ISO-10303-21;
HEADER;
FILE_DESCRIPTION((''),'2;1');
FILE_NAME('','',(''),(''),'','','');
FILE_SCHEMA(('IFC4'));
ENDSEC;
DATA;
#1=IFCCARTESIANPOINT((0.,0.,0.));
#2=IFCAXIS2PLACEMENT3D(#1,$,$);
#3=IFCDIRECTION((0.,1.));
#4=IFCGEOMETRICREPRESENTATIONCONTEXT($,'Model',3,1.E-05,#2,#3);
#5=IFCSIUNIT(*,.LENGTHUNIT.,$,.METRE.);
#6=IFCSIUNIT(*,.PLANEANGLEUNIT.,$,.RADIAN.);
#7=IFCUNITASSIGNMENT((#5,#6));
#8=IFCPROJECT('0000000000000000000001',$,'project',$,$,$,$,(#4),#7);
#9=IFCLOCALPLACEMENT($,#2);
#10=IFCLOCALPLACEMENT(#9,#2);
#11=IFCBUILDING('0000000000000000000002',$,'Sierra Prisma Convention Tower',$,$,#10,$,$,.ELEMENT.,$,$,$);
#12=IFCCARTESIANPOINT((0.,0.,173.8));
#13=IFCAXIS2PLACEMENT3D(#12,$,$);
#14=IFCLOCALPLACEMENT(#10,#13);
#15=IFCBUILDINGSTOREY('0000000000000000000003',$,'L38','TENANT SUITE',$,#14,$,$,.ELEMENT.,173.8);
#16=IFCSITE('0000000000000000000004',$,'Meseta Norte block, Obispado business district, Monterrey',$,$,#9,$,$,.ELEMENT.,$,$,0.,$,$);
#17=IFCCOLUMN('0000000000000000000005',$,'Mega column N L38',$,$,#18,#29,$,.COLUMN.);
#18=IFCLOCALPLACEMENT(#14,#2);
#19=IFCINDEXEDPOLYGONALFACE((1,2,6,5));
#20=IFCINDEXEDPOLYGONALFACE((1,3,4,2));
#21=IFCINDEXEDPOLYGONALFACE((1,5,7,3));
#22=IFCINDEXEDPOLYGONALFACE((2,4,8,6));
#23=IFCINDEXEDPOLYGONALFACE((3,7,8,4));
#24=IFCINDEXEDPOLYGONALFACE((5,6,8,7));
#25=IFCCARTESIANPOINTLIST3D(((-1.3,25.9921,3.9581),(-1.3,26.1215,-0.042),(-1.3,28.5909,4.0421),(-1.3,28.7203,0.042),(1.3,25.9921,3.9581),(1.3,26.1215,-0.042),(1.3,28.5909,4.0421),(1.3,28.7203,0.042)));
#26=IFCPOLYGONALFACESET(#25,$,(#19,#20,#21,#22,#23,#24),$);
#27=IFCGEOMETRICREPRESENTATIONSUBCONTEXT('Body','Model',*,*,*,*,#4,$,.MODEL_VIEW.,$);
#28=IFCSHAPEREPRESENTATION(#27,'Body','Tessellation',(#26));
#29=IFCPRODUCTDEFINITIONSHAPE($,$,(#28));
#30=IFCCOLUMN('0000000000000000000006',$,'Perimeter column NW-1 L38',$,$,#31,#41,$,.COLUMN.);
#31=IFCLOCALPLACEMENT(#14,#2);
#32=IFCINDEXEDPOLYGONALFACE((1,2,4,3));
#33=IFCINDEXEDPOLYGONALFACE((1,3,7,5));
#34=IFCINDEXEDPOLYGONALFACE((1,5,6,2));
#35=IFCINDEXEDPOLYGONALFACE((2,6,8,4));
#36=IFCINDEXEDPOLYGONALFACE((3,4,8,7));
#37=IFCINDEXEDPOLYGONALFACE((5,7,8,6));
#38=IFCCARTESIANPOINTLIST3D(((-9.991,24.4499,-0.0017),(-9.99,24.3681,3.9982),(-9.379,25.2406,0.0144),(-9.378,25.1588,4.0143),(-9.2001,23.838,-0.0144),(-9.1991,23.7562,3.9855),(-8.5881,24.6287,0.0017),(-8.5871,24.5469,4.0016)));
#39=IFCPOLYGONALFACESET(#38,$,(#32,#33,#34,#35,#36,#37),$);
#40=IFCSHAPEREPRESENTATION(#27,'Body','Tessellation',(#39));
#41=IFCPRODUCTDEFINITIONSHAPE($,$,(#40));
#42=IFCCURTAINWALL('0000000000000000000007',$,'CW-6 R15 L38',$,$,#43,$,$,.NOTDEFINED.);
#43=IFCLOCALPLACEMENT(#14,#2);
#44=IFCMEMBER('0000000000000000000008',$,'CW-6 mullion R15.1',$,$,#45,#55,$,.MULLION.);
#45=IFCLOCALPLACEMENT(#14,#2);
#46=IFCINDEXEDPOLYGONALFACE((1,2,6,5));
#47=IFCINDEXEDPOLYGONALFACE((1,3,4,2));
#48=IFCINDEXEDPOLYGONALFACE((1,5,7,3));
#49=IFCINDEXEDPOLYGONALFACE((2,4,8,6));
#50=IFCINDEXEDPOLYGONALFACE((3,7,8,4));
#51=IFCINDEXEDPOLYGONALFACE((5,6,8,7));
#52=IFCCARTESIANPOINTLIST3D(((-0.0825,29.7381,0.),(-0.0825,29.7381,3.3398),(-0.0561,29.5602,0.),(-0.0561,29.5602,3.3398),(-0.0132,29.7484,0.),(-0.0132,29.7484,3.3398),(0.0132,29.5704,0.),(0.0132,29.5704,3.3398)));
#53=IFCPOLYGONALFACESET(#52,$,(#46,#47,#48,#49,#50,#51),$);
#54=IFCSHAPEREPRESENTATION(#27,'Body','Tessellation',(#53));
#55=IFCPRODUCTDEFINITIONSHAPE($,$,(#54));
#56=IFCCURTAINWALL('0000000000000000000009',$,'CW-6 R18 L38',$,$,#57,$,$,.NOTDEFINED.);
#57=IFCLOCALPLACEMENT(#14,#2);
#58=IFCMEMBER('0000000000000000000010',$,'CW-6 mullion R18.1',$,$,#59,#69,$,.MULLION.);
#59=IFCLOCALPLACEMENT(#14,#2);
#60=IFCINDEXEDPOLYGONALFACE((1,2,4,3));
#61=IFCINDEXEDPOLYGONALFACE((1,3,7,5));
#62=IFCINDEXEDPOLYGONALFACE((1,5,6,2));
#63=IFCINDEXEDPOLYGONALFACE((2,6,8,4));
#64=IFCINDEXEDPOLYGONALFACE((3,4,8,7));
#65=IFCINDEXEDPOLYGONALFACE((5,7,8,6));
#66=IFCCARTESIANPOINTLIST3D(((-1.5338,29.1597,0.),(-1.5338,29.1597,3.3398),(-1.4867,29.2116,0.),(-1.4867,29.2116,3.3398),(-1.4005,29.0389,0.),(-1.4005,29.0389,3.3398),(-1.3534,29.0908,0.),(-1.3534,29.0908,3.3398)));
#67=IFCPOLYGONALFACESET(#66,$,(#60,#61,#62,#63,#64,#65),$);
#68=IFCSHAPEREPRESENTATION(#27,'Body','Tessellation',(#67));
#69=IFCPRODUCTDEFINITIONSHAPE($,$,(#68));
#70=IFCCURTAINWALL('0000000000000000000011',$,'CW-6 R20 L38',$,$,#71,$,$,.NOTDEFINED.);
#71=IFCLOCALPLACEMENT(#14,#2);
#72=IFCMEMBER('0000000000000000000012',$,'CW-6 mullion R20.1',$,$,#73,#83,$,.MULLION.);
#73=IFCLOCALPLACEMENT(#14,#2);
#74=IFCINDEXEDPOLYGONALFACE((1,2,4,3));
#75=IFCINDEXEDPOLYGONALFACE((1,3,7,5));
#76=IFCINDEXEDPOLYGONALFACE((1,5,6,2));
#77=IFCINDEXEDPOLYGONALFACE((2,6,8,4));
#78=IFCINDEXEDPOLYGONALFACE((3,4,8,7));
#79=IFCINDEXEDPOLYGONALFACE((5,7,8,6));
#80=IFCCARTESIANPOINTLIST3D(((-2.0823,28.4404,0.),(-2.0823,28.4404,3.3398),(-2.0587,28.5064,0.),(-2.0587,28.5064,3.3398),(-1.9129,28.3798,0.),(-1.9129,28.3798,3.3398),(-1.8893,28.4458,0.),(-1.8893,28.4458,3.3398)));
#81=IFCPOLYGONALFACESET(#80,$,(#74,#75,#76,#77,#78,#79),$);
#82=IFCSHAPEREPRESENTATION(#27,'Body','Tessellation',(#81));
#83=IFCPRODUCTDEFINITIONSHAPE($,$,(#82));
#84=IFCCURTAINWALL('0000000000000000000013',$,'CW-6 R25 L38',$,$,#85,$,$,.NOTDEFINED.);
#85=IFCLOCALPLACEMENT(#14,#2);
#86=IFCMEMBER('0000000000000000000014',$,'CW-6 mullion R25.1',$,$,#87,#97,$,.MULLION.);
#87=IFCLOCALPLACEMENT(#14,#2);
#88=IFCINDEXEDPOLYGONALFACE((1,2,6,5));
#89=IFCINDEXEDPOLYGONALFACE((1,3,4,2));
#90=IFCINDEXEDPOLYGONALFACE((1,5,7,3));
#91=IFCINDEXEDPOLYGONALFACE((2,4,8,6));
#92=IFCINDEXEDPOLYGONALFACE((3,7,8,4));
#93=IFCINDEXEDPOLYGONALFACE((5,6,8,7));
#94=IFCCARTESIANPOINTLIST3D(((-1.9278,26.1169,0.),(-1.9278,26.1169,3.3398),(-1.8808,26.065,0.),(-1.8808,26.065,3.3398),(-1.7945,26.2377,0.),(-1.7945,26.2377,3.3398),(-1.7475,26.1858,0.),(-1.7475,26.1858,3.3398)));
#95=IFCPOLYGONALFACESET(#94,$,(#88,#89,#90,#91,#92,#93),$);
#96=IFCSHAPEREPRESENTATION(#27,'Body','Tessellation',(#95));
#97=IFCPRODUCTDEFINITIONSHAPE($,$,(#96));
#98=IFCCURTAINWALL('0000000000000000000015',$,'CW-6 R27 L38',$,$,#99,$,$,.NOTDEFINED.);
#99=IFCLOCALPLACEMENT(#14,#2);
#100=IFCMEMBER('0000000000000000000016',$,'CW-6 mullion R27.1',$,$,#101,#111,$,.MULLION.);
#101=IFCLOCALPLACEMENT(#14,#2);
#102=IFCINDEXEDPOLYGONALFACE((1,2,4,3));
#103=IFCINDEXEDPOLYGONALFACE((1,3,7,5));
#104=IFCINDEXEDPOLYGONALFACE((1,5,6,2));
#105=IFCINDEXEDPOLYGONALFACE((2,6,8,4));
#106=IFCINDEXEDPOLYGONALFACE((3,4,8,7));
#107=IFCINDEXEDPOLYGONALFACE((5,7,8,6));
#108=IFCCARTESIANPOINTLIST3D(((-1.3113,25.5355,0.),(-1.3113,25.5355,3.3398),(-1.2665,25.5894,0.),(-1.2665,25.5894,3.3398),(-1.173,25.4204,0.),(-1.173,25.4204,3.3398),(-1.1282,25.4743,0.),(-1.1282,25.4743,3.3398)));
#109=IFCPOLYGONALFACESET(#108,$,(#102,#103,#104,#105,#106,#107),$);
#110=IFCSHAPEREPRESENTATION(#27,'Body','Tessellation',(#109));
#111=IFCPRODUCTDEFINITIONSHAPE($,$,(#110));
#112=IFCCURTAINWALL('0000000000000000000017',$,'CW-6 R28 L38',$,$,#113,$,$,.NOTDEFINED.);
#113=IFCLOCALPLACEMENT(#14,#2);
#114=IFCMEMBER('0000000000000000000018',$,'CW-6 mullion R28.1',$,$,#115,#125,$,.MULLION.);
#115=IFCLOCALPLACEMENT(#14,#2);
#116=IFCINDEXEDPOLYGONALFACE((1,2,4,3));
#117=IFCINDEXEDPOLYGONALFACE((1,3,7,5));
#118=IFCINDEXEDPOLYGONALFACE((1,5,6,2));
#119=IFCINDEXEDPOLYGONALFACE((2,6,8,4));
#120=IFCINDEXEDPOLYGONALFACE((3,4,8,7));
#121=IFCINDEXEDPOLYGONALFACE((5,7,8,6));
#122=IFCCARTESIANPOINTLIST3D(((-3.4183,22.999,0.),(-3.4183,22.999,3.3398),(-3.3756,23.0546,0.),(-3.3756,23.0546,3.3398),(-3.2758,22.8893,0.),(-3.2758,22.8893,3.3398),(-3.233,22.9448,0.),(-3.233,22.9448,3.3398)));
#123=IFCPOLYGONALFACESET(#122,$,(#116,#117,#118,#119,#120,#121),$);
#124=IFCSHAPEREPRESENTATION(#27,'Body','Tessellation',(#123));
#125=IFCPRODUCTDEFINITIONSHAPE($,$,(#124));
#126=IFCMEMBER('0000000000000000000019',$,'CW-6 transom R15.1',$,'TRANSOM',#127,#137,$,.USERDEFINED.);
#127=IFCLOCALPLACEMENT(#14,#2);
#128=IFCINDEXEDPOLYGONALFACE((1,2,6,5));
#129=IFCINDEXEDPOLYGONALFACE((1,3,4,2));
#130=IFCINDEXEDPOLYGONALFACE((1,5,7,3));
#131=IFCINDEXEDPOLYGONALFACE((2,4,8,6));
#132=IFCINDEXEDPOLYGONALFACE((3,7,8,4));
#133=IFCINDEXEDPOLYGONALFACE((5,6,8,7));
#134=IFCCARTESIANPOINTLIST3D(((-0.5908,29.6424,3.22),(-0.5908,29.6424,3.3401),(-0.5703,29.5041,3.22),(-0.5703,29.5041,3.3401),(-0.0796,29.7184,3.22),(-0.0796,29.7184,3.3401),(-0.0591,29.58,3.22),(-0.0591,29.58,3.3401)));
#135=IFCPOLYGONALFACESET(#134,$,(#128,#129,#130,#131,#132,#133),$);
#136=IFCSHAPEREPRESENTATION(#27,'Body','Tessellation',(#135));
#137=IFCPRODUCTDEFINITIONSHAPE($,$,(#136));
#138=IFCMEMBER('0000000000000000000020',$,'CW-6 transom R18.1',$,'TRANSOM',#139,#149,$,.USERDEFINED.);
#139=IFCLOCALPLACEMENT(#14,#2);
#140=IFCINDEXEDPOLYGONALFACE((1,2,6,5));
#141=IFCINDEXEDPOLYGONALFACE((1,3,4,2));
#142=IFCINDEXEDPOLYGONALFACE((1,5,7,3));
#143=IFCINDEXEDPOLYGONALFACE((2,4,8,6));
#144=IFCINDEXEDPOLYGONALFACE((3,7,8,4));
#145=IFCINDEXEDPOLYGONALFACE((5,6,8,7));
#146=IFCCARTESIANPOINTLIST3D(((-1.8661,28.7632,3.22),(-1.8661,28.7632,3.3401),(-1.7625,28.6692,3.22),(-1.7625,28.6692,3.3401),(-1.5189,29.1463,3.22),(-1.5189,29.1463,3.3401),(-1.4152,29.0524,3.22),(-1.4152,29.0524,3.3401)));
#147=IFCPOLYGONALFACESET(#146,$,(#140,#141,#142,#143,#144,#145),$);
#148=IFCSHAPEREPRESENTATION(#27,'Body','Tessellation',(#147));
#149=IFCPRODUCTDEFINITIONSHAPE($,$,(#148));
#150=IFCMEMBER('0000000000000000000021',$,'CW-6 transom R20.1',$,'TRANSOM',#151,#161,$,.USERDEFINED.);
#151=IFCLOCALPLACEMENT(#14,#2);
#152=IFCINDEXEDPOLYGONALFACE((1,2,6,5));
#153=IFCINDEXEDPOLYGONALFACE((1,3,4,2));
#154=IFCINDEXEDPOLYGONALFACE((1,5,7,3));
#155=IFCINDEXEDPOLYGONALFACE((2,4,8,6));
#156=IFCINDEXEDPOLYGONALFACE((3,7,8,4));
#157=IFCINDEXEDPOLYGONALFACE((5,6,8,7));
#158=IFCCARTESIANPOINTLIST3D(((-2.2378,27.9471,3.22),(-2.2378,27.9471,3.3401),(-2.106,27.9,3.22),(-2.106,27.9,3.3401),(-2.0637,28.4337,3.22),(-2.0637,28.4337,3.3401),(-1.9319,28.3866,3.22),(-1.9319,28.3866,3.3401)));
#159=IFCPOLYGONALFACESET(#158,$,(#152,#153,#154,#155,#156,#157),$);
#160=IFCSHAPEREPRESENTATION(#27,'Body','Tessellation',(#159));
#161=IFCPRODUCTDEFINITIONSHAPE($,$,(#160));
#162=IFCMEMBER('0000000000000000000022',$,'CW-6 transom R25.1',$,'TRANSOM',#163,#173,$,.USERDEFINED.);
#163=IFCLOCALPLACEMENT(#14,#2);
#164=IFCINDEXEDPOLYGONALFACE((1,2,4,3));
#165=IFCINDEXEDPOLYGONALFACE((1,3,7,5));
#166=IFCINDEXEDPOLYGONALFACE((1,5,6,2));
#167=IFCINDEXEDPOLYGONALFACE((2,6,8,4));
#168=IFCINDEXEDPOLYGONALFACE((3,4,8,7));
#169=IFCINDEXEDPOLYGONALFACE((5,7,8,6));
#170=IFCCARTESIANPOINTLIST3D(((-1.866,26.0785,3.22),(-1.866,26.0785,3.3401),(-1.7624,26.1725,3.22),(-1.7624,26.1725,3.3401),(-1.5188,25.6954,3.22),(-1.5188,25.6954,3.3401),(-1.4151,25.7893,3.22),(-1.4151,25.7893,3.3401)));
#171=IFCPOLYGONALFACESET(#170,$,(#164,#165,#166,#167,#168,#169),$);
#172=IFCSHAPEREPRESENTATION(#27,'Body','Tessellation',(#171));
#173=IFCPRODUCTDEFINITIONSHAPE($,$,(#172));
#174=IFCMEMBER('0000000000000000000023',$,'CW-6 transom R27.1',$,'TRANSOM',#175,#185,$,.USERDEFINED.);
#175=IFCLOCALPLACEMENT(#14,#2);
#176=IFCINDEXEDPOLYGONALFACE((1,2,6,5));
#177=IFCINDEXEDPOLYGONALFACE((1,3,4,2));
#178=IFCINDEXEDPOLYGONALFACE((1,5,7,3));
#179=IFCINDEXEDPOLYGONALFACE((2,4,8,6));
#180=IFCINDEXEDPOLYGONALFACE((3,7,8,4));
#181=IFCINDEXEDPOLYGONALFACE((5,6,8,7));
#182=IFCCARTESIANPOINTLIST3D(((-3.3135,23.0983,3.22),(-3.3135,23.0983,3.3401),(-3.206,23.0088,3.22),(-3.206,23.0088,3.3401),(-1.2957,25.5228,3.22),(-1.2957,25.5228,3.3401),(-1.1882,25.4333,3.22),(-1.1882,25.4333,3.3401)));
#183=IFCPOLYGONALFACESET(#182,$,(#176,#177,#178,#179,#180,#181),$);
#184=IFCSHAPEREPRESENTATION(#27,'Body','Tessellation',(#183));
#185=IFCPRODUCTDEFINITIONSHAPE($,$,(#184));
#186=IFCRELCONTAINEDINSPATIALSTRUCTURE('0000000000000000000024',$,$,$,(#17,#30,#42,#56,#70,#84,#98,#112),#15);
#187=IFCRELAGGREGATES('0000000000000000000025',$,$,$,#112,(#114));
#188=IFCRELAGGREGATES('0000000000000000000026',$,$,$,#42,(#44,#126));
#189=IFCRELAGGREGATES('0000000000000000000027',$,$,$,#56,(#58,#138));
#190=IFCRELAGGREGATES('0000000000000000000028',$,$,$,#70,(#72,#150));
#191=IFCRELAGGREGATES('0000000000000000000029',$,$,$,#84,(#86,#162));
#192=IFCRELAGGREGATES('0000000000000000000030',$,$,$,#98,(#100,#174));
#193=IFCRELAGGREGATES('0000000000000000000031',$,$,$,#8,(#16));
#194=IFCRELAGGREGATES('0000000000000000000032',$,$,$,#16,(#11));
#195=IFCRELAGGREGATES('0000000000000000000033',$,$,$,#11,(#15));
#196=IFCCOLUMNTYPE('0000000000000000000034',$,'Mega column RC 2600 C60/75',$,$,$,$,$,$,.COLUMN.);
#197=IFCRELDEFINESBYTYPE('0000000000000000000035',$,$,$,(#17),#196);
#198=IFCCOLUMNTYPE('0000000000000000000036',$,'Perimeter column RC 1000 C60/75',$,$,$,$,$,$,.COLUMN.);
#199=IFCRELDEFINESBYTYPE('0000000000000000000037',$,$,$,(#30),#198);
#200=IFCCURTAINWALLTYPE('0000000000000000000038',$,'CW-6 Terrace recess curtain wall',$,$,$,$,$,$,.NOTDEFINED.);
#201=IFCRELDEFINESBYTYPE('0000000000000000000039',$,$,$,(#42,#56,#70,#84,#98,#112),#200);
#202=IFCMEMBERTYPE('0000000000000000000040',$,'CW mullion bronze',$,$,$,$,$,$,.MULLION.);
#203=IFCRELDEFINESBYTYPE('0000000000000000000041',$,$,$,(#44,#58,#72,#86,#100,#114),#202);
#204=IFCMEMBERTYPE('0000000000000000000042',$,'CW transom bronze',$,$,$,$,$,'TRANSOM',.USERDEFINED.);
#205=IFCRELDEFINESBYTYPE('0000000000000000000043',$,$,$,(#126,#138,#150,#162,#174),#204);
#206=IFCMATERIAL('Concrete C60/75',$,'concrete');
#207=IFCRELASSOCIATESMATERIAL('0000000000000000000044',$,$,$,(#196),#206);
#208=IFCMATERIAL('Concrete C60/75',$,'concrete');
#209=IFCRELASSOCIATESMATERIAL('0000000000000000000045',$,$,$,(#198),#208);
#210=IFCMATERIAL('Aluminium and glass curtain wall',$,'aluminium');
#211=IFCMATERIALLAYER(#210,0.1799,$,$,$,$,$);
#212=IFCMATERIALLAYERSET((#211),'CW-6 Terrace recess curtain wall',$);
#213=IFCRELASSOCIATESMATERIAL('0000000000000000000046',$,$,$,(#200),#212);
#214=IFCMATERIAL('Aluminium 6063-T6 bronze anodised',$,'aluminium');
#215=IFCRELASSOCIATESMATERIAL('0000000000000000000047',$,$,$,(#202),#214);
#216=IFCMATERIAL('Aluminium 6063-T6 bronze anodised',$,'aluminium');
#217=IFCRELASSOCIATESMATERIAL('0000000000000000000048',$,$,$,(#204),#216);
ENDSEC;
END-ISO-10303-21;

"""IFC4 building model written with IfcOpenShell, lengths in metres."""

from ifc_helpers import new_model, si_unit, direction, frame, origin, origin_2d, place, context, subcontext, project, spatial, rectangle, extrude, material, layer, layer_set, material_profile, profile_set, type_object, element, aggregate, save


model = new_model("IFC4")

# Units and contexts
model_context = context("Model", 3, precision=1e-05, world=origin(), true_north=direction((0.0, 1.0)))
body_context = subcontext(model_context, "Body", "Model", "MODEL_VIEW")
ifc_project = project(units=[si_unit("LENGTHUNIT", "METRE"), si_unit("PLANEANGLEUNIT", "RADIAN")], contexts=[model_context])

# Site, building, storey
site_placement = place(None, origin())
site = spatial("IfcSite", under=ifc_project, at=site_placement, Name="Meseta Norte block, Obispado business district, Monterrey", CompositionType="ELEMENT", RefElevation=0.0)
building_placement = place(site_placement, origin())
building = spatial("IfcBuilding", under=site, at=building_placement, Name="Sierra Prisma Convention Tower", CompositionType="ELEMENT")
storey_placement = place(building_placement, frame((0.0, 0.0, 173.8)))
storey = spatial("IfcBuildingStorey", under=building, at=storey_placement, Name="L38", Description="TENANT SUITE", CompositionType="ELEMENT", Elevation=173.8)

# Columns
ifc_material_1 = material(Name="Concrete C60/75", Category="concrete")
ifc_material_profile_1 = material_profile(ifc_material_1, rectangle(XDim=2.6001, YDim=2.6001, at=origin_2d()), Name="Mega column RC 2600 C60/75")
ifc_profile_set_1 = profile_set([ifc_material_profile_1], Name="Concrete C60/75")
column_type_1 = type_object("IfcColumnType", Name="Mega column RC 2600 C60/75", PredefinedType="COLUMN", material=ifc_profile_set_1)
column_1_placement = place(storey_placement, frame((0.0, 27.4209, 0.0), z_axis=(0.0, -0.032332, 0.999477), x_axis=(1.0, 0.0, 0.0)))
element("IfcColumn", 1, at=column_1_placement, inside=storey, type_object=column_type_1, Name="Mega column N L38", PredefinedType="COLUMN", context=body_context, shape_type="SweptSolid", body=[
    extrude(rectangle(XDim=2.6001, YDim=2.6001, at=origin_2d()), origin(), (0.0, 0.0, 1.0), 4.0022),
])
ifc_material_2 = material(Name="Concrete C60/75", Category="concrete")
ifc_material_profile_2 = material_profile(ifc_material_2, rectangle(XDim=1.0, YDim=1.0, at=origin_2d()), Name="Perimeter column RC 1000 C60/75")
ifc_profile_set_2 = profile_set([ifc_material_profile_2], Name="Concrete C60/75")
column_type_2 = type_object("IfcColumnType", Name="Perimeter column RC 1000 C60/75", PredefinedType="COLUMN", material=ifc_profile_set_2)
column_2_placement = place(storey_placement, frame((-9.2896, 24.5393, 0.0), z_axis=(0.000244, -0.020443, 0.999791), x_axis=(0.611998, 0.790697, 0.016018)))
element("IfcColumn", 2, at=column_2_placement, inside=storey, type_object=column_type_2, Name="Perimeter column NW-1 L38", PredefinedType="COLUMN", context=body_context, shape_type="SweptSolid", body=[
    extrude(rectangle(XDim=1.0, YDim=1.0, at=origin_2d()), origin(), (0.0, 0.0, 1.0), 4.0007),
])

# Curtain walls, members
ifc_material_3 = material(Name="Aluminium and glass curtain wall", Category="aluminium")
ifc_layer_1 = layer(ifc_material_3, 0.1799)
ifc_layer_set_1 = layer_set([ifc_layer_1], Name="CW-6 Terrace recess curtain wall")
curtain_wall_type = type_object("IfcCurtainWallType", Name="CW-6 Terrace recess curtain wall", PredefinedType="NOTDEFINED", material=ifc_layer_set_1)
curtain_wall_1_placement = place(storey_placement, origin())
curtain_wall_1 = element("IfcCurtainWall", 3, at=curtain_wall_1_placement, inside=storey, type_object=curtain_wall_type, Name="CW-6 R15 L38", PredefinedType="NOTDEFINED")
ifc_material_4 = material(Name="Aluminium 6063-T6 bronze anodised", Category="aluminium")
ifc_material_profile_3 = material_profile(ifc_material_4, rectangle(XDim=0.1799, YDim=0.0701, at=origin_2d()), Name="ALU MULLION 70x180")
ifc_profile_set_3 = profile_set([ifc_material_profile_3], Name="Aluminium 6063-T6 bronze anodised")
member_type_1 = type_object("IfcMemberType", Name="CW mullion bronze", PredefinedType="MULLION", material=ifc_profile_set_3)
member_1_placement = place(storey_placement, frame((-0.0347, 29.6543, 0.0), z_axis=(0.0, 0.0, 1.0), x_axis=(0.14673, -0.989177, 0.0)))
member_1 = element("IfcMember", 4, at=member_1_placement, type_object=member_type_1, Name="CW-6 mullion R15.1", PredefinedType="MULLION", context=body_context, shape_type="SweptSolid", body=[
    extrude(rectangle(XDim=0.1799, YDim=0.0701, at=origin_2d()), origin(), (0.0, 0.0, 1.0), 3.3398),
])
curtain_wall_2_placement = place(storey_placement, origin())
curtain_wall_2 = element("IfcCurtainWall", 5, at=curtain_wall_2_placement, inside=storey, type_object=curtain_wall_type, Name="CW-6 R18 L38", PredefinedType="NOTDEFINED")
member_2_placement = place(storey_placement, frame((-1.4436, 29.1252, 0.0), z_axis=(0.0, 0.0, 1.0), x_axis=(0.740951, -0.671559, 0.0)))
member_2 = element("IfcMember", 6, at=member_2_placement, type_object=member_type_1, Name="CW-6 mullion R18.1", PredefinedType="MULLION", context=body_context, shape_type="SweptSolid", body=[
    extrude(rectangle(XDim=0.1799, YDim=0.0701, at=origin_2d()), origin(), (0.0, 0.0, 1.0), 3.3398),
])
curtain_wall_3_placement = place(storey_placement, origin())
curtain_wall_3 = element("IfcCurtainWall", 7, at=curtain_wall_3_placement, inside=storey, type_object=curtain_wall_type, Name="CW-6 R20 L38", PredefinedType="NOTDEFINED")
member_3_placement = place(storey_placement, frame((-1.9858, 28.4431, 0.0), z_axis=(0.0, 0.0, 1.0), x_axis=(0.941544, -0.33689, 0.0)))
member_3 = element("IfcMember", 8, at=member_3_placement, type_object=member_type_1, Name="CW-6 mullion R20.1", PredefinedType="MULLION", context=body_context, shape_type="SweptSolid", body=[
    extrude(rectangle(XDim=0.1799, YDim=0.0701, at=origin_2d()), origin(), (0.0, 0.0, 1.0), 3.3398),
])
curtain_wall_4_placement = place(storey_placement, origin())
curtain_wall_4 = element("IfcCurtainWall", 9, at=curtain_wall_4_placement, inside=storey, type_object=curtain_wall_type, Name="CW-6 R25 L38", PredefinedType="NOTDEFINED")
member_4_placement = place(storey_placement, frame((-1.8376, 26.1514, 0.0), z_axis=(0.0, 0.0, 1.0), x_axis=(0.740951, 0.671559, 0.0)))
member_4 = element("IfcMember", 10, at=member_4_placement, type_object=member_type_1, Name="CW-6 mullion R25.1", PredefinedType="MULLION", context=body_context, shape_type="SweptSolid", body=[
    extrude(rectangle(XDim=0.1799, YDim=0.0701, at=origin_2d()), origin(), (0.0, 0.0, 1.0), 3.3398),
])
curtain_wall_5_placement = place(storey_placement, origin())
curtain_wall_5 = element("IfcCurtainWall", 11, at=curtain_wall_5_placement, inside=storey, type_object=curtain_wall_type, Name="CW-6 R27 L38", PredefinedType="NOTDEFINED")
member_5_placement = place(storey_placement, frame((-1.2197, 25.5049, 0.0), z_axis=(0.0, 0.0, 1.0), x_axis=(0.768666, -0.639651, 0.0)))
member_5 = element("IfcMember", 12, at=member_5_placement, type_object=member_type_1, Name="CW-6 mullion R27.1", PredefinedType="MULLION", context=body_context, shape_type="SweptSolid", body=[
    extrude(rectangle(XDim=0.1799, YDim=0.0701, at=origin_2d()), origin(), (0.0, 0.0, 1.0), 3.3398),
])
curtain_wall_6_placement = place(storey_placement, origin())
curtain_wall_6 = element("IfcCurtainWall", 13, at=curtain_wall_6_placement, inside=storey, type_object=curtain_wall_type, Name="CW-6 R28 L38", PredefinedType="NOTDEFINED")
member_6_placement = place(storey_placement, frame((-3.3257, 22.9719, 0.0), z_axis=(0.0, 0.0, 1.0), x_axis=(0.792445, -0.609943, 0.0)))
member_6 = element("IfcMember", 14, at=member_6_placement, type_object=member_type_1, Name="CW-6 mullion R28.1", PredefinedType="MULLION", context=body_context, shape_type="SweptSolid", body=[
    extrude(rectangle(XDim=0.1799, YDim=0.0701, at=origin_2d()), origin(), (0.0, 0.0, 1.0), 3.3398),
])
aggregate(curtain_wall_6, [member_6])

# Members
ifc_material_5 = material(Name="Aluminium 6063-T6 bronze anodised", Category="aluminium")
ifc_material_profile_4 = material_profile(ifc_material_5, rectangle(XDim=0.1399, YDim=0.1201, at=origin_2d()), Name="ALU TRANSOM 120x140")
ifc_profile_set_4 = profile_set([ifc_material_profile_4], Name="Aluminium 6063-T6 bronze anodised")
member_type_2 = type_object("IfcMemberType", Name="CW transom bronze", ElementType="TRANSOM", PredefinedType="USERDEFINED", material=ifc_profile_set_4)
member_7_placement = place(storey_placement, frame((-0.0693, 29.6492, 3.28), z_axis=(-0.98915, -0.146908, 0.0), x_axis=(0.146908, -0.98915, 0.0)))
member_7 = element("IfcMember", 15, at=member_7_placement, type_object=member_type_2, Name="CW-6 transom R15.1", ObjectType="TRANSOM", PredefinedType="USERDEFINED", context=body_context, shape_type="SweptSolid", body=[
    extrude(rectangle(XDim=0.1399, YDim=0.1201, at=origin_2d()), origin(), (0.0, 0.0, 1.0), 0.5168),
])
member_8_placement = place(storey_placement, frame((-1.467, 29.0994, 3.28), z_axis=(-0.671544, -0.740965, 0.0), x_axis=(0.740965, -0.671544, 0.0)))
member_8 = element("IfcMember", 16, at=member_8_placement, type_object=member_type_2, Name="CW-6 transom R18.1", ObjectType="TRANSOM", PredefinedType="USERDEFINED", context=body_context, shape_type="SweptSolid", body=[
    extrude(rectangle(XDim=0.1399, YDim=0.1201, at=origin_2d()), origin(), (0.0, 0.0, 1.0), 0.5171),
])
member_9_placement = place(storey_placement, frame((-1.9978, 28.4102, 3.28), z_axis=(-0.336845, -0.94156, 0.0), x_axis=(0.94156, -0.336845, 0.0)))
member_9 = element("IfcMember", 17, at=member_9_placement, type_object=member_type_2, Name="CW-6 transom R20.1", ObjectType="TRANSOM", PredefinedType="USERDEFINED", context=body_context, shape_type="SweptSolid", body=[
    extrude(rectangle(XDim=0.1399, YDim=0.1201, at=origin_2d()), origin(), (0.0, 0.0, 1.0), 0.5168),
])
member_10_placement = place(storey_placement, frame((-1.8142, 26.1255, 3.28), z_axis=(0.671544, -0.740965, 0.0), x_axis=(0.740965, 0.671544, 0.0)))
member_10 = element("IfcMember", 18, at=member_10_placement, type_object=member_type_2, Name="CW-6 transom R25.1", ObjectType="TRANSOM", PredefinedType="USERDEFINED", context=body_context, shape_type="SweptSolid", body=[
    extrude(rectangle(XDim=0.1399, YDim=0.1201, at=origin_2d()), origin(), (0.0, 0.0, 1.0), 0.5171),
])
member_11_placement = place(storey_placement, frame((-1.2419, 25.478, 3.28), z_axis=(-0.639689, -0.768633, 0.0), x_axis=(0.768633, -0.639689, 0.0)))
member_11 = element("IfcMember", 19, at=member_11_placement, type_object=member_type_2, Name="CW-6 transom R27.1", ObjectType="TRANSOM", PredefinedType="USERDEFINED", context=body_context, shape_type="SweptSolid", body=[
    extrude(rectangle(XDim=0.1399, YDim=0.1201, at=origin_2d()), origin(), (0.0, 0.0, 1.0), 3.1543),
])

aggregate(curtain_wall_1, [member_1, member_7])
aggregate(curtain_wall_2, [member_2, member_8])
aggregate(curtain_wall_3, [member_3, member_9])
aggregate(curtain_wall_4, [member_4, member_10])
aggregate(curtain_wall_5, [member_5, member_11])

save(model, "model.ifc")
